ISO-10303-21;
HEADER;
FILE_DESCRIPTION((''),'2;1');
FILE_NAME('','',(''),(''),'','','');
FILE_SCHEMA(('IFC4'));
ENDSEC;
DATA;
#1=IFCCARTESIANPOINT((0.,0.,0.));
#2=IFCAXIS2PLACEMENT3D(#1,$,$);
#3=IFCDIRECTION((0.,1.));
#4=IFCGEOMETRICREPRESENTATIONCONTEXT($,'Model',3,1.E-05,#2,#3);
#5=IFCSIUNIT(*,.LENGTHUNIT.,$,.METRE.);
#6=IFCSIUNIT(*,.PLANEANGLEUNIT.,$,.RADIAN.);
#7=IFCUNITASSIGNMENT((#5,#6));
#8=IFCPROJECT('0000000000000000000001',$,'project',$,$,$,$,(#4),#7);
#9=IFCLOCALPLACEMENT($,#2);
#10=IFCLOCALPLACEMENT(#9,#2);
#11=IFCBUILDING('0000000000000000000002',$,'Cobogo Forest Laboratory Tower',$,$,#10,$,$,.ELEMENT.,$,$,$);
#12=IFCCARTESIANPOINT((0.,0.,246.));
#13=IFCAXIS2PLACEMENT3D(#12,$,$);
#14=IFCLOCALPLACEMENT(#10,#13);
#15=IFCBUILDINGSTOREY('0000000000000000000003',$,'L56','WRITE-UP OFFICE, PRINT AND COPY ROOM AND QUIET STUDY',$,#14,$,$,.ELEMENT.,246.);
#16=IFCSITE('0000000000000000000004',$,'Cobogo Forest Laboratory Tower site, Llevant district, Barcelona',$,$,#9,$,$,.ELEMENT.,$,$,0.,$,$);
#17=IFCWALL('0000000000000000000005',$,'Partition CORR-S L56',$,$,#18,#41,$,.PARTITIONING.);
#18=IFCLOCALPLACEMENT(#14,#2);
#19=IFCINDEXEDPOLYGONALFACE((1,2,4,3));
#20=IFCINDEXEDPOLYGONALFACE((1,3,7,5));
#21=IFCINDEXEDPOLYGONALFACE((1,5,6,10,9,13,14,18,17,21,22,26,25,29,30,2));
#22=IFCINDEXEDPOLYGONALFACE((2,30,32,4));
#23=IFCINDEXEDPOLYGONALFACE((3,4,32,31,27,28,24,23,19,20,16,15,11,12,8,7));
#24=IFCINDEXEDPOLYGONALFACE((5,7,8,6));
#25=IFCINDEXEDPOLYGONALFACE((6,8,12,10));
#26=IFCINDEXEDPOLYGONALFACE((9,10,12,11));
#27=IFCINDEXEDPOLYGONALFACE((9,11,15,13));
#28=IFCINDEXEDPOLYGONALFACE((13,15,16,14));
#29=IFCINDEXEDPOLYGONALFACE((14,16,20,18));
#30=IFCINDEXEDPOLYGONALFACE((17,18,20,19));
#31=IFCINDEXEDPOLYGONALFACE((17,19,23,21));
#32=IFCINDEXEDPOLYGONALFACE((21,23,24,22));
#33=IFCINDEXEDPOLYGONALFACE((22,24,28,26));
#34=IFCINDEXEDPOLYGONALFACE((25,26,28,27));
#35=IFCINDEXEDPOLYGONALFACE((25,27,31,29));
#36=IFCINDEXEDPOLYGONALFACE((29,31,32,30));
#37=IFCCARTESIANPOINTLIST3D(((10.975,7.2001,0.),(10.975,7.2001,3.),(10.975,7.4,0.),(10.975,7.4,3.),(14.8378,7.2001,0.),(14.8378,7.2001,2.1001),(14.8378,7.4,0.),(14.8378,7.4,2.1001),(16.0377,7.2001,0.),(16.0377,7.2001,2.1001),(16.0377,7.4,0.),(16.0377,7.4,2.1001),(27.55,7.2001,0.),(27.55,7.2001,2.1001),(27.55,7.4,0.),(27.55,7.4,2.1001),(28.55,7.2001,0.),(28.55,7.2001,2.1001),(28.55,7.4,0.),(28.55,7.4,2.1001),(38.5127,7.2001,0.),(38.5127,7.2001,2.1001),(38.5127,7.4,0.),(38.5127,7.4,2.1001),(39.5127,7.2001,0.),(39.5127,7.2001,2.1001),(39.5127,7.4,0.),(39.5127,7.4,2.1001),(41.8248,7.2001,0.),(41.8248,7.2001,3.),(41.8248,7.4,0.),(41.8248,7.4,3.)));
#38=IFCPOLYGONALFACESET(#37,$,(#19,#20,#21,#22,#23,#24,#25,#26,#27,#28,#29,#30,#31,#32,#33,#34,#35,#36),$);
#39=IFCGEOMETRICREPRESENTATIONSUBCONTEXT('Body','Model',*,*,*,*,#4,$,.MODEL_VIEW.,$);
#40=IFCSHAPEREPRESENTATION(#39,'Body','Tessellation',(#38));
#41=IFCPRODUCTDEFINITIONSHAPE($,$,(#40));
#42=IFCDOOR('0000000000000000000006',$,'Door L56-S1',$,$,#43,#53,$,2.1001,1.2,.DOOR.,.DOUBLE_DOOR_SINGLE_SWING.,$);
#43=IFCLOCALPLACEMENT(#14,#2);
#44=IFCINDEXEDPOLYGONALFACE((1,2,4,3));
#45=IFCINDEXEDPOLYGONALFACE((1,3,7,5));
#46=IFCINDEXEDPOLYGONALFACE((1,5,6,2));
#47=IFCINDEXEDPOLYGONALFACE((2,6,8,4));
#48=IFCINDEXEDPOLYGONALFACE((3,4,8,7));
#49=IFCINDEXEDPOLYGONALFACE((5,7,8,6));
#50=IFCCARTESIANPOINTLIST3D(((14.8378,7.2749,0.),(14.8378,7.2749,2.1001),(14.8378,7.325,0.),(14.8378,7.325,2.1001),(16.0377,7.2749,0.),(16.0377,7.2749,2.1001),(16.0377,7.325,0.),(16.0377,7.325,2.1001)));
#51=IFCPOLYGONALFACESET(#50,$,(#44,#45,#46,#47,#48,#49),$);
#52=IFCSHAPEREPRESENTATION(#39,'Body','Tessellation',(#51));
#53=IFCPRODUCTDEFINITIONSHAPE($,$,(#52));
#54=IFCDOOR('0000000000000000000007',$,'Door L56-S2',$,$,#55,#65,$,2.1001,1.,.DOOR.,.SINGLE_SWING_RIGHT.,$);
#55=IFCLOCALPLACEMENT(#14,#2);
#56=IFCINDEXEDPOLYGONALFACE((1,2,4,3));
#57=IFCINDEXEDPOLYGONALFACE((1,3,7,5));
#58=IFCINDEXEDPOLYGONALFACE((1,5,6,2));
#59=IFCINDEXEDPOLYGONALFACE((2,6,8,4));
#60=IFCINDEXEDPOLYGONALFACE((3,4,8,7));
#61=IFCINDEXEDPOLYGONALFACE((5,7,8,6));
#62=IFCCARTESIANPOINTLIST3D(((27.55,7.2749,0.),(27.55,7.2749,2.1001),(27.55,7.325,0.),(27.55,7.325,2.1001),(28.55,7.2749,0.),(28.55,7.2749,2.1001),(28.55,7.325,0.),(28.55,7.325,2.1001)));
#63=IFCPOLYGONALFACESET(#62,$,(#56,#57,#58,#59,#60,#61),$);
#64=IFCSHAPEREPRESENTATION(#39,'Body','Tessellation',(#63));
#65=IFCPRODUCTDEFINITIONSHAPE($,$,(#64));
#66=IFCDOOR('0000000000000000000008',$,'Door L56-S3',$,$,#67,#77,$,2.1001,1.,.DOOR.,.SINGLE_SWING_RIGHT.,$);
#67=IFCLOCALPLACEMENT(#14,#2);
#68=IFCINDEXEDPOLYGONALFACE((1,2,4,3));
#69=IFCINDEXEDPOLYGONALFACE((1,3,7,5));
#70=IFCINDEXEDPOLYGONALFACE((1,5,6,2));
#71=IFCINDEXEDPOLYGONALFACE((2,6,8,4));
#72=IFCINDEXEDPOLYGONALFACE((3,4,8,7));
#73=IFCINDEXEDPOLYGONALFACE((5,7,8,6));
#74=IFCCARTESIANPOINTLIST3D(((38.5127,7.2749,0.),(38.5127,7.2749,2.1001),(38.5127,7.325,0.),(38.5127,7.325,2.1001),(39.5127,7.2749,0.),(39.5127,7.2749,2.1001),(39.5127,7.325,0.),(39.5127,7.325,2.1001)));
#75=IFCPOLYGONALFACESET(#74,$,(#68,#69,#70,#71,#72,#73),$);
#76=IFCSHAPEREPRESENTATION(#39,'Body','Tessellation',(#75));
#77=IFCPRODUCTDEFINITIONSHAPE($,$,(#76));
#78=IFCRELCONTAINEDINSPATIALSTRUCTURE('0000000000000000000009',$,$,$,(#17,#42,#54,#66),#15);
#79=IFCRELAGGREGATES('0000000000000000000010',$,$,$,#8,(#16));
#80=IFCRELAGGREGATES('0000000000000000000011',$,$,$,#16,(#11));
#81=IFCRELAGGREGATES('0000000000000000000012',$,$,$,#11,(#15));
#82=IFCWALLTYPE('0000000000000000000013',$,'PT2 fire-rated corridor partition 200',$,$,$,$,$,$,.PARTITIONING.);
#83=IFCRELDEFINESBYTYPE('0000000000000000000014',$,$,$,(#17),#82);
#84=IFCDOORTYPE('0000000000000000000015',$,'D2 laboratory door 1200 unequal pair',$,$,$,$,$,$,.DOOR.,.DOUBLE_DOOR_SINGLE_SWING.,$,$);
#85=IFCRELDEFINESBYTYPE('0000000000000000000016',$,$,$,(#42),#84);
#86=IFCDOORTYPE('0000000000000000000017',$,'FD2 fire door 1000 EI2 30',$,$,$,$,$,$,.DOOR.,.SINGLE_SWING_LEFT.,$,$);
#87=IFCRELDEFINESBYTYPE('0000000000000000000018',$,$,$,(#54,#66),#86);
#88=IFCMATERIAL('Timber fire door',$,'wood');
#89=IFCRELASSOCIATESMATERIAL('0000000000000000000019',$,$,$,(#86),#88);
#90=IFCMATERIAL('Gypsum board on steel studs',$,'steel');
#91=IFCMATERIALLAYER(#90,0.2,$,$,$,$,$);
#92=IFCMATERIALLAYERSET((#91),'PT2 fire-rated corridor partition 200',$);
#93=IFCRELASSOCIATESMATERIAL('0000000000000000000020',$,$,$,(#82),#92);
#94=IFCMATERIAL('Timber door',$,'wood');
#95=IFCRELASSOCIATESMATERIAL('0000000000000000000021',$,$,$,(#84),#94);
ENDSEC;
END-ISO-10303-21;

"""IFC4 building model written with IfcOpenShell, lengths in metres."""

from ifc_helpers import new_model, si_unit, direction, frame, frame_2d, origin, place, context, subcontext, project, spatial, rectangle, extrude, material, layer, layer_set, type_object, element, fill, save


model = new_model("IFC4")

# Units and contexts
model_context = context("Model", 3, precision=1e-05, world=origin(), true_north=direction((0.0, 1.0)))
body_context = subcontext(model_context, "Body", "Model", "MODEL_VIEW")
ifc_project = project(units=[si_unit("LENGTHUNIT", "METRE"), si_unit("PLANEANGLEUNIT", "RADIAN")], contexts=[model_context])

# Site, building, storey
site_placement = place(None, origin())
site = spatial("IfcSite", under=ifc_project, at=site_placement, Name="Cobogo Forest Laboratory Tower site, Llevant district, Barcelona", CompositionType="ELEMENT", RefElevation=0.0)
building_placement = place(site_placement, origin())
building = spatial("IfcBuilding", under=site, at=building_placement, Name="Cobogo Forest Laboratory Tower", CompositionType="ELEMENT")
storey_placement = place(building_placement, frame((0.0, 0.0, 246.0)))
storey = spatial("IfcBuildingStorey", under=building, at=storey_placement, Name="L56", Description="WRITE-UP OFFICE, PRINT AND COPY ROOM AND QUIET STUDY", CompositionType="ELEMENT", Elevation=246.0)

# Shared definitions
ifc_material_1 = material(Name="Gypsum board on steel studs", Category="steel")
ifc_material_2 = material(Name="Timber fire door", Category="wood")
door_type_1 = type_object("IfcDoorType", Name="FD2 fire door 1000 EI2 30", OperationType="SINGLE_SWING_LEFT", PredefinedType="DOOR", material=ifc_material_2)

# Wall, openings, doors
ifc_layer_1 = layer(ifc_material_1, 0.2)
ifc_layer_set_1 = layer_set([ifc_layer_1], Name="PT2 fire-rated corridor partition 200")
wall_type_1 = type_object("IfcWallType", Name="PT2 fire-rated corridor partition 200", PredefinedType="PARTITIONING", material=ifc_layer_set_1)
wall_1_placement = place(storey_placement, frame((10.9751, 7.3, 0.0), z_axis=(0.0, 0.0, 1.0), x_axis=(1.0, 0.0, 0.0)))
wall_1 = element("IfcWall", 1, at=wall_1_placement, inside=storey, type_object=wall_type_1, Name="Partition CORR-S L56", PredefinedType="PARTITIONING", context=body_context, shape_type="SweptSolid", body=[
    extrude(rectangle(XDim=30.8499, YDim=0.2, at=frame_2d((15.4248, 0.0))), origin(), (0.0, 0.0, 1.0), 3.0),
])
opening_1_placement = place(wall_1_placement, frame((3.8625, 0.0, 0.0)))
opening_1 = element("IfcOpeningElement", 2, at=opening_1_placement, cuts=wall_1, PredefinedType="OPENING", context=body_context, shape_type="SweptSolid", body=[
    extrude(rectangle(XDim=1.2, YDim=2.1001, at=frame_2d((0.6001, 1.05))), frame((0.0, 0.1099, 0.0), z_axis=(0.0, -1.0, 0.0), x_axis=(1.0, 0.0, 0.0)), (0.0, 0.0, 1.0), 0.22),
])
opening_2_placement = place(wall_1_placement, frame((16.575, 0.0, 0.0)))
opening_2 = element("IfcOpeningElement", 3, at=opening_2_placement, cuts=wall_1, PredefinedType="OPENING", context=body_context, shape_type="SweptSolid", body=[
    extrude(rectangle(XDim=1.0, YDim=2.1001, at=frame_2d((0.5, 1.05))), frame((0.0, 0.1099, 0.0), z_axis=(0.0, -1.0, 0.0), x_axis=(1.0, 0.0, 0.0)), (0.0, 0.0, 1.0), 0.22),
])
opening_3_placement = place(wall_1_placement, frame((27.5376, 0.0, 0.0)))
opening_3 = element("IfcOpeningElement", 4, at=opening_3_placement, cuts=wall_1, PredefinedType="OPENING", context=body_context, shape_type="SweptSolid", body=[
    extrude(rectangle(XDim=1.0, YDim=2.1001, at=frame_2d((0.5, 1.05))), frame((0.0, 0.1099, 0.0), z_axis=(0.0, -1.0, 0.0), x_axis=(1.0, 0.0, 0.0)), (0.0, 0.0, 1.0), 0.22),
])
ifc_material_3 = material(Name="Timber door", Category="wood")
door_type_2 = type_object("IfcDoorType", Name="D2 laboratory door 1200 unequal pair", OperationType="DOUBLE_DOOR_SINGLE_SWING", PredefinedType="DOOR", material=ifc_material_3)
door_1_placement = place(opening_1_placement, origin())
door_1 = element("IfcDoor", 5, at=door_1_placement, inside=storey, type_object=door_type_2, Name="Door L56-S1", OperationType="DOUBLE_DOOR_SINGLE_SWING", OverallHeight=2.1001, OverallWidth=1.2, PredefinedType="DOOR", context=body_context, shape_type="SweptSolid", body=[
    extrude(rectangle(XDim=1.2, YDim=2.1001, at=frame_2d((0.6001, 1.05))), frame((0.0, 0.0249, 0.0), z_axis=(0.0, -1.0, 0.0), x_axis=(1.0, 0.0, 0.0)), (0.0, 0.0, 1.0), 0.05),
])
fill(opening_1, door_1)
door_2_placement = place(opening_2_placement, origin())
door_2 = element("IfcDoor", 6, at=door_2_placement, inside=storey, type_object=door_type_1, Name="Door L56-S2", OperationType="SINGLE_SWING_RIGHT", OverallHeight=2.1001, OverallWidth=1.0, PredefinedType="DOOR", context=body_context, shape_type="SweptSolid", body=[
    extrude(rectangle(XDim=1.0, YDim=2.1001, at=frame_2d((0.5, 1.05))), frame((0.0, 0.0249, 0.0), z_axis=(0.0, -1.0, 0.0), x_axis=(1.0, 0.0, 0.0)), (0.0, 0.0, 1.0), 0.05),
])
fill(opening_2, door_2)
door_3_placement = place(opening_3_placement, origin())
door_3 = element("IfcDoor", 7, at=door_3_placement, inside=storey, type_object=door_type_1, Name="Door L56-S3", OperationType="SINGLE_SWING_RIGHT", OverallHeight=2.1001, OverallWidth=1.0, PredefinedType="DOOR", context=body_context, shape_type="SweptSolid", body=[
    extrude(rectangle(XDim=1.0, YDim=2.1001, at=frame_2d((0.5, 1.05))), frame((0.0, 0.0249, 0.0), z_axis=(0.0, -1.0, 0.0), x_axis=(1.0, 0.0, 0.0)), (0.0, 0.0, 1.0), 0.05),
])
fill(opening_3, door_3)

save(model, "model.ifc")
